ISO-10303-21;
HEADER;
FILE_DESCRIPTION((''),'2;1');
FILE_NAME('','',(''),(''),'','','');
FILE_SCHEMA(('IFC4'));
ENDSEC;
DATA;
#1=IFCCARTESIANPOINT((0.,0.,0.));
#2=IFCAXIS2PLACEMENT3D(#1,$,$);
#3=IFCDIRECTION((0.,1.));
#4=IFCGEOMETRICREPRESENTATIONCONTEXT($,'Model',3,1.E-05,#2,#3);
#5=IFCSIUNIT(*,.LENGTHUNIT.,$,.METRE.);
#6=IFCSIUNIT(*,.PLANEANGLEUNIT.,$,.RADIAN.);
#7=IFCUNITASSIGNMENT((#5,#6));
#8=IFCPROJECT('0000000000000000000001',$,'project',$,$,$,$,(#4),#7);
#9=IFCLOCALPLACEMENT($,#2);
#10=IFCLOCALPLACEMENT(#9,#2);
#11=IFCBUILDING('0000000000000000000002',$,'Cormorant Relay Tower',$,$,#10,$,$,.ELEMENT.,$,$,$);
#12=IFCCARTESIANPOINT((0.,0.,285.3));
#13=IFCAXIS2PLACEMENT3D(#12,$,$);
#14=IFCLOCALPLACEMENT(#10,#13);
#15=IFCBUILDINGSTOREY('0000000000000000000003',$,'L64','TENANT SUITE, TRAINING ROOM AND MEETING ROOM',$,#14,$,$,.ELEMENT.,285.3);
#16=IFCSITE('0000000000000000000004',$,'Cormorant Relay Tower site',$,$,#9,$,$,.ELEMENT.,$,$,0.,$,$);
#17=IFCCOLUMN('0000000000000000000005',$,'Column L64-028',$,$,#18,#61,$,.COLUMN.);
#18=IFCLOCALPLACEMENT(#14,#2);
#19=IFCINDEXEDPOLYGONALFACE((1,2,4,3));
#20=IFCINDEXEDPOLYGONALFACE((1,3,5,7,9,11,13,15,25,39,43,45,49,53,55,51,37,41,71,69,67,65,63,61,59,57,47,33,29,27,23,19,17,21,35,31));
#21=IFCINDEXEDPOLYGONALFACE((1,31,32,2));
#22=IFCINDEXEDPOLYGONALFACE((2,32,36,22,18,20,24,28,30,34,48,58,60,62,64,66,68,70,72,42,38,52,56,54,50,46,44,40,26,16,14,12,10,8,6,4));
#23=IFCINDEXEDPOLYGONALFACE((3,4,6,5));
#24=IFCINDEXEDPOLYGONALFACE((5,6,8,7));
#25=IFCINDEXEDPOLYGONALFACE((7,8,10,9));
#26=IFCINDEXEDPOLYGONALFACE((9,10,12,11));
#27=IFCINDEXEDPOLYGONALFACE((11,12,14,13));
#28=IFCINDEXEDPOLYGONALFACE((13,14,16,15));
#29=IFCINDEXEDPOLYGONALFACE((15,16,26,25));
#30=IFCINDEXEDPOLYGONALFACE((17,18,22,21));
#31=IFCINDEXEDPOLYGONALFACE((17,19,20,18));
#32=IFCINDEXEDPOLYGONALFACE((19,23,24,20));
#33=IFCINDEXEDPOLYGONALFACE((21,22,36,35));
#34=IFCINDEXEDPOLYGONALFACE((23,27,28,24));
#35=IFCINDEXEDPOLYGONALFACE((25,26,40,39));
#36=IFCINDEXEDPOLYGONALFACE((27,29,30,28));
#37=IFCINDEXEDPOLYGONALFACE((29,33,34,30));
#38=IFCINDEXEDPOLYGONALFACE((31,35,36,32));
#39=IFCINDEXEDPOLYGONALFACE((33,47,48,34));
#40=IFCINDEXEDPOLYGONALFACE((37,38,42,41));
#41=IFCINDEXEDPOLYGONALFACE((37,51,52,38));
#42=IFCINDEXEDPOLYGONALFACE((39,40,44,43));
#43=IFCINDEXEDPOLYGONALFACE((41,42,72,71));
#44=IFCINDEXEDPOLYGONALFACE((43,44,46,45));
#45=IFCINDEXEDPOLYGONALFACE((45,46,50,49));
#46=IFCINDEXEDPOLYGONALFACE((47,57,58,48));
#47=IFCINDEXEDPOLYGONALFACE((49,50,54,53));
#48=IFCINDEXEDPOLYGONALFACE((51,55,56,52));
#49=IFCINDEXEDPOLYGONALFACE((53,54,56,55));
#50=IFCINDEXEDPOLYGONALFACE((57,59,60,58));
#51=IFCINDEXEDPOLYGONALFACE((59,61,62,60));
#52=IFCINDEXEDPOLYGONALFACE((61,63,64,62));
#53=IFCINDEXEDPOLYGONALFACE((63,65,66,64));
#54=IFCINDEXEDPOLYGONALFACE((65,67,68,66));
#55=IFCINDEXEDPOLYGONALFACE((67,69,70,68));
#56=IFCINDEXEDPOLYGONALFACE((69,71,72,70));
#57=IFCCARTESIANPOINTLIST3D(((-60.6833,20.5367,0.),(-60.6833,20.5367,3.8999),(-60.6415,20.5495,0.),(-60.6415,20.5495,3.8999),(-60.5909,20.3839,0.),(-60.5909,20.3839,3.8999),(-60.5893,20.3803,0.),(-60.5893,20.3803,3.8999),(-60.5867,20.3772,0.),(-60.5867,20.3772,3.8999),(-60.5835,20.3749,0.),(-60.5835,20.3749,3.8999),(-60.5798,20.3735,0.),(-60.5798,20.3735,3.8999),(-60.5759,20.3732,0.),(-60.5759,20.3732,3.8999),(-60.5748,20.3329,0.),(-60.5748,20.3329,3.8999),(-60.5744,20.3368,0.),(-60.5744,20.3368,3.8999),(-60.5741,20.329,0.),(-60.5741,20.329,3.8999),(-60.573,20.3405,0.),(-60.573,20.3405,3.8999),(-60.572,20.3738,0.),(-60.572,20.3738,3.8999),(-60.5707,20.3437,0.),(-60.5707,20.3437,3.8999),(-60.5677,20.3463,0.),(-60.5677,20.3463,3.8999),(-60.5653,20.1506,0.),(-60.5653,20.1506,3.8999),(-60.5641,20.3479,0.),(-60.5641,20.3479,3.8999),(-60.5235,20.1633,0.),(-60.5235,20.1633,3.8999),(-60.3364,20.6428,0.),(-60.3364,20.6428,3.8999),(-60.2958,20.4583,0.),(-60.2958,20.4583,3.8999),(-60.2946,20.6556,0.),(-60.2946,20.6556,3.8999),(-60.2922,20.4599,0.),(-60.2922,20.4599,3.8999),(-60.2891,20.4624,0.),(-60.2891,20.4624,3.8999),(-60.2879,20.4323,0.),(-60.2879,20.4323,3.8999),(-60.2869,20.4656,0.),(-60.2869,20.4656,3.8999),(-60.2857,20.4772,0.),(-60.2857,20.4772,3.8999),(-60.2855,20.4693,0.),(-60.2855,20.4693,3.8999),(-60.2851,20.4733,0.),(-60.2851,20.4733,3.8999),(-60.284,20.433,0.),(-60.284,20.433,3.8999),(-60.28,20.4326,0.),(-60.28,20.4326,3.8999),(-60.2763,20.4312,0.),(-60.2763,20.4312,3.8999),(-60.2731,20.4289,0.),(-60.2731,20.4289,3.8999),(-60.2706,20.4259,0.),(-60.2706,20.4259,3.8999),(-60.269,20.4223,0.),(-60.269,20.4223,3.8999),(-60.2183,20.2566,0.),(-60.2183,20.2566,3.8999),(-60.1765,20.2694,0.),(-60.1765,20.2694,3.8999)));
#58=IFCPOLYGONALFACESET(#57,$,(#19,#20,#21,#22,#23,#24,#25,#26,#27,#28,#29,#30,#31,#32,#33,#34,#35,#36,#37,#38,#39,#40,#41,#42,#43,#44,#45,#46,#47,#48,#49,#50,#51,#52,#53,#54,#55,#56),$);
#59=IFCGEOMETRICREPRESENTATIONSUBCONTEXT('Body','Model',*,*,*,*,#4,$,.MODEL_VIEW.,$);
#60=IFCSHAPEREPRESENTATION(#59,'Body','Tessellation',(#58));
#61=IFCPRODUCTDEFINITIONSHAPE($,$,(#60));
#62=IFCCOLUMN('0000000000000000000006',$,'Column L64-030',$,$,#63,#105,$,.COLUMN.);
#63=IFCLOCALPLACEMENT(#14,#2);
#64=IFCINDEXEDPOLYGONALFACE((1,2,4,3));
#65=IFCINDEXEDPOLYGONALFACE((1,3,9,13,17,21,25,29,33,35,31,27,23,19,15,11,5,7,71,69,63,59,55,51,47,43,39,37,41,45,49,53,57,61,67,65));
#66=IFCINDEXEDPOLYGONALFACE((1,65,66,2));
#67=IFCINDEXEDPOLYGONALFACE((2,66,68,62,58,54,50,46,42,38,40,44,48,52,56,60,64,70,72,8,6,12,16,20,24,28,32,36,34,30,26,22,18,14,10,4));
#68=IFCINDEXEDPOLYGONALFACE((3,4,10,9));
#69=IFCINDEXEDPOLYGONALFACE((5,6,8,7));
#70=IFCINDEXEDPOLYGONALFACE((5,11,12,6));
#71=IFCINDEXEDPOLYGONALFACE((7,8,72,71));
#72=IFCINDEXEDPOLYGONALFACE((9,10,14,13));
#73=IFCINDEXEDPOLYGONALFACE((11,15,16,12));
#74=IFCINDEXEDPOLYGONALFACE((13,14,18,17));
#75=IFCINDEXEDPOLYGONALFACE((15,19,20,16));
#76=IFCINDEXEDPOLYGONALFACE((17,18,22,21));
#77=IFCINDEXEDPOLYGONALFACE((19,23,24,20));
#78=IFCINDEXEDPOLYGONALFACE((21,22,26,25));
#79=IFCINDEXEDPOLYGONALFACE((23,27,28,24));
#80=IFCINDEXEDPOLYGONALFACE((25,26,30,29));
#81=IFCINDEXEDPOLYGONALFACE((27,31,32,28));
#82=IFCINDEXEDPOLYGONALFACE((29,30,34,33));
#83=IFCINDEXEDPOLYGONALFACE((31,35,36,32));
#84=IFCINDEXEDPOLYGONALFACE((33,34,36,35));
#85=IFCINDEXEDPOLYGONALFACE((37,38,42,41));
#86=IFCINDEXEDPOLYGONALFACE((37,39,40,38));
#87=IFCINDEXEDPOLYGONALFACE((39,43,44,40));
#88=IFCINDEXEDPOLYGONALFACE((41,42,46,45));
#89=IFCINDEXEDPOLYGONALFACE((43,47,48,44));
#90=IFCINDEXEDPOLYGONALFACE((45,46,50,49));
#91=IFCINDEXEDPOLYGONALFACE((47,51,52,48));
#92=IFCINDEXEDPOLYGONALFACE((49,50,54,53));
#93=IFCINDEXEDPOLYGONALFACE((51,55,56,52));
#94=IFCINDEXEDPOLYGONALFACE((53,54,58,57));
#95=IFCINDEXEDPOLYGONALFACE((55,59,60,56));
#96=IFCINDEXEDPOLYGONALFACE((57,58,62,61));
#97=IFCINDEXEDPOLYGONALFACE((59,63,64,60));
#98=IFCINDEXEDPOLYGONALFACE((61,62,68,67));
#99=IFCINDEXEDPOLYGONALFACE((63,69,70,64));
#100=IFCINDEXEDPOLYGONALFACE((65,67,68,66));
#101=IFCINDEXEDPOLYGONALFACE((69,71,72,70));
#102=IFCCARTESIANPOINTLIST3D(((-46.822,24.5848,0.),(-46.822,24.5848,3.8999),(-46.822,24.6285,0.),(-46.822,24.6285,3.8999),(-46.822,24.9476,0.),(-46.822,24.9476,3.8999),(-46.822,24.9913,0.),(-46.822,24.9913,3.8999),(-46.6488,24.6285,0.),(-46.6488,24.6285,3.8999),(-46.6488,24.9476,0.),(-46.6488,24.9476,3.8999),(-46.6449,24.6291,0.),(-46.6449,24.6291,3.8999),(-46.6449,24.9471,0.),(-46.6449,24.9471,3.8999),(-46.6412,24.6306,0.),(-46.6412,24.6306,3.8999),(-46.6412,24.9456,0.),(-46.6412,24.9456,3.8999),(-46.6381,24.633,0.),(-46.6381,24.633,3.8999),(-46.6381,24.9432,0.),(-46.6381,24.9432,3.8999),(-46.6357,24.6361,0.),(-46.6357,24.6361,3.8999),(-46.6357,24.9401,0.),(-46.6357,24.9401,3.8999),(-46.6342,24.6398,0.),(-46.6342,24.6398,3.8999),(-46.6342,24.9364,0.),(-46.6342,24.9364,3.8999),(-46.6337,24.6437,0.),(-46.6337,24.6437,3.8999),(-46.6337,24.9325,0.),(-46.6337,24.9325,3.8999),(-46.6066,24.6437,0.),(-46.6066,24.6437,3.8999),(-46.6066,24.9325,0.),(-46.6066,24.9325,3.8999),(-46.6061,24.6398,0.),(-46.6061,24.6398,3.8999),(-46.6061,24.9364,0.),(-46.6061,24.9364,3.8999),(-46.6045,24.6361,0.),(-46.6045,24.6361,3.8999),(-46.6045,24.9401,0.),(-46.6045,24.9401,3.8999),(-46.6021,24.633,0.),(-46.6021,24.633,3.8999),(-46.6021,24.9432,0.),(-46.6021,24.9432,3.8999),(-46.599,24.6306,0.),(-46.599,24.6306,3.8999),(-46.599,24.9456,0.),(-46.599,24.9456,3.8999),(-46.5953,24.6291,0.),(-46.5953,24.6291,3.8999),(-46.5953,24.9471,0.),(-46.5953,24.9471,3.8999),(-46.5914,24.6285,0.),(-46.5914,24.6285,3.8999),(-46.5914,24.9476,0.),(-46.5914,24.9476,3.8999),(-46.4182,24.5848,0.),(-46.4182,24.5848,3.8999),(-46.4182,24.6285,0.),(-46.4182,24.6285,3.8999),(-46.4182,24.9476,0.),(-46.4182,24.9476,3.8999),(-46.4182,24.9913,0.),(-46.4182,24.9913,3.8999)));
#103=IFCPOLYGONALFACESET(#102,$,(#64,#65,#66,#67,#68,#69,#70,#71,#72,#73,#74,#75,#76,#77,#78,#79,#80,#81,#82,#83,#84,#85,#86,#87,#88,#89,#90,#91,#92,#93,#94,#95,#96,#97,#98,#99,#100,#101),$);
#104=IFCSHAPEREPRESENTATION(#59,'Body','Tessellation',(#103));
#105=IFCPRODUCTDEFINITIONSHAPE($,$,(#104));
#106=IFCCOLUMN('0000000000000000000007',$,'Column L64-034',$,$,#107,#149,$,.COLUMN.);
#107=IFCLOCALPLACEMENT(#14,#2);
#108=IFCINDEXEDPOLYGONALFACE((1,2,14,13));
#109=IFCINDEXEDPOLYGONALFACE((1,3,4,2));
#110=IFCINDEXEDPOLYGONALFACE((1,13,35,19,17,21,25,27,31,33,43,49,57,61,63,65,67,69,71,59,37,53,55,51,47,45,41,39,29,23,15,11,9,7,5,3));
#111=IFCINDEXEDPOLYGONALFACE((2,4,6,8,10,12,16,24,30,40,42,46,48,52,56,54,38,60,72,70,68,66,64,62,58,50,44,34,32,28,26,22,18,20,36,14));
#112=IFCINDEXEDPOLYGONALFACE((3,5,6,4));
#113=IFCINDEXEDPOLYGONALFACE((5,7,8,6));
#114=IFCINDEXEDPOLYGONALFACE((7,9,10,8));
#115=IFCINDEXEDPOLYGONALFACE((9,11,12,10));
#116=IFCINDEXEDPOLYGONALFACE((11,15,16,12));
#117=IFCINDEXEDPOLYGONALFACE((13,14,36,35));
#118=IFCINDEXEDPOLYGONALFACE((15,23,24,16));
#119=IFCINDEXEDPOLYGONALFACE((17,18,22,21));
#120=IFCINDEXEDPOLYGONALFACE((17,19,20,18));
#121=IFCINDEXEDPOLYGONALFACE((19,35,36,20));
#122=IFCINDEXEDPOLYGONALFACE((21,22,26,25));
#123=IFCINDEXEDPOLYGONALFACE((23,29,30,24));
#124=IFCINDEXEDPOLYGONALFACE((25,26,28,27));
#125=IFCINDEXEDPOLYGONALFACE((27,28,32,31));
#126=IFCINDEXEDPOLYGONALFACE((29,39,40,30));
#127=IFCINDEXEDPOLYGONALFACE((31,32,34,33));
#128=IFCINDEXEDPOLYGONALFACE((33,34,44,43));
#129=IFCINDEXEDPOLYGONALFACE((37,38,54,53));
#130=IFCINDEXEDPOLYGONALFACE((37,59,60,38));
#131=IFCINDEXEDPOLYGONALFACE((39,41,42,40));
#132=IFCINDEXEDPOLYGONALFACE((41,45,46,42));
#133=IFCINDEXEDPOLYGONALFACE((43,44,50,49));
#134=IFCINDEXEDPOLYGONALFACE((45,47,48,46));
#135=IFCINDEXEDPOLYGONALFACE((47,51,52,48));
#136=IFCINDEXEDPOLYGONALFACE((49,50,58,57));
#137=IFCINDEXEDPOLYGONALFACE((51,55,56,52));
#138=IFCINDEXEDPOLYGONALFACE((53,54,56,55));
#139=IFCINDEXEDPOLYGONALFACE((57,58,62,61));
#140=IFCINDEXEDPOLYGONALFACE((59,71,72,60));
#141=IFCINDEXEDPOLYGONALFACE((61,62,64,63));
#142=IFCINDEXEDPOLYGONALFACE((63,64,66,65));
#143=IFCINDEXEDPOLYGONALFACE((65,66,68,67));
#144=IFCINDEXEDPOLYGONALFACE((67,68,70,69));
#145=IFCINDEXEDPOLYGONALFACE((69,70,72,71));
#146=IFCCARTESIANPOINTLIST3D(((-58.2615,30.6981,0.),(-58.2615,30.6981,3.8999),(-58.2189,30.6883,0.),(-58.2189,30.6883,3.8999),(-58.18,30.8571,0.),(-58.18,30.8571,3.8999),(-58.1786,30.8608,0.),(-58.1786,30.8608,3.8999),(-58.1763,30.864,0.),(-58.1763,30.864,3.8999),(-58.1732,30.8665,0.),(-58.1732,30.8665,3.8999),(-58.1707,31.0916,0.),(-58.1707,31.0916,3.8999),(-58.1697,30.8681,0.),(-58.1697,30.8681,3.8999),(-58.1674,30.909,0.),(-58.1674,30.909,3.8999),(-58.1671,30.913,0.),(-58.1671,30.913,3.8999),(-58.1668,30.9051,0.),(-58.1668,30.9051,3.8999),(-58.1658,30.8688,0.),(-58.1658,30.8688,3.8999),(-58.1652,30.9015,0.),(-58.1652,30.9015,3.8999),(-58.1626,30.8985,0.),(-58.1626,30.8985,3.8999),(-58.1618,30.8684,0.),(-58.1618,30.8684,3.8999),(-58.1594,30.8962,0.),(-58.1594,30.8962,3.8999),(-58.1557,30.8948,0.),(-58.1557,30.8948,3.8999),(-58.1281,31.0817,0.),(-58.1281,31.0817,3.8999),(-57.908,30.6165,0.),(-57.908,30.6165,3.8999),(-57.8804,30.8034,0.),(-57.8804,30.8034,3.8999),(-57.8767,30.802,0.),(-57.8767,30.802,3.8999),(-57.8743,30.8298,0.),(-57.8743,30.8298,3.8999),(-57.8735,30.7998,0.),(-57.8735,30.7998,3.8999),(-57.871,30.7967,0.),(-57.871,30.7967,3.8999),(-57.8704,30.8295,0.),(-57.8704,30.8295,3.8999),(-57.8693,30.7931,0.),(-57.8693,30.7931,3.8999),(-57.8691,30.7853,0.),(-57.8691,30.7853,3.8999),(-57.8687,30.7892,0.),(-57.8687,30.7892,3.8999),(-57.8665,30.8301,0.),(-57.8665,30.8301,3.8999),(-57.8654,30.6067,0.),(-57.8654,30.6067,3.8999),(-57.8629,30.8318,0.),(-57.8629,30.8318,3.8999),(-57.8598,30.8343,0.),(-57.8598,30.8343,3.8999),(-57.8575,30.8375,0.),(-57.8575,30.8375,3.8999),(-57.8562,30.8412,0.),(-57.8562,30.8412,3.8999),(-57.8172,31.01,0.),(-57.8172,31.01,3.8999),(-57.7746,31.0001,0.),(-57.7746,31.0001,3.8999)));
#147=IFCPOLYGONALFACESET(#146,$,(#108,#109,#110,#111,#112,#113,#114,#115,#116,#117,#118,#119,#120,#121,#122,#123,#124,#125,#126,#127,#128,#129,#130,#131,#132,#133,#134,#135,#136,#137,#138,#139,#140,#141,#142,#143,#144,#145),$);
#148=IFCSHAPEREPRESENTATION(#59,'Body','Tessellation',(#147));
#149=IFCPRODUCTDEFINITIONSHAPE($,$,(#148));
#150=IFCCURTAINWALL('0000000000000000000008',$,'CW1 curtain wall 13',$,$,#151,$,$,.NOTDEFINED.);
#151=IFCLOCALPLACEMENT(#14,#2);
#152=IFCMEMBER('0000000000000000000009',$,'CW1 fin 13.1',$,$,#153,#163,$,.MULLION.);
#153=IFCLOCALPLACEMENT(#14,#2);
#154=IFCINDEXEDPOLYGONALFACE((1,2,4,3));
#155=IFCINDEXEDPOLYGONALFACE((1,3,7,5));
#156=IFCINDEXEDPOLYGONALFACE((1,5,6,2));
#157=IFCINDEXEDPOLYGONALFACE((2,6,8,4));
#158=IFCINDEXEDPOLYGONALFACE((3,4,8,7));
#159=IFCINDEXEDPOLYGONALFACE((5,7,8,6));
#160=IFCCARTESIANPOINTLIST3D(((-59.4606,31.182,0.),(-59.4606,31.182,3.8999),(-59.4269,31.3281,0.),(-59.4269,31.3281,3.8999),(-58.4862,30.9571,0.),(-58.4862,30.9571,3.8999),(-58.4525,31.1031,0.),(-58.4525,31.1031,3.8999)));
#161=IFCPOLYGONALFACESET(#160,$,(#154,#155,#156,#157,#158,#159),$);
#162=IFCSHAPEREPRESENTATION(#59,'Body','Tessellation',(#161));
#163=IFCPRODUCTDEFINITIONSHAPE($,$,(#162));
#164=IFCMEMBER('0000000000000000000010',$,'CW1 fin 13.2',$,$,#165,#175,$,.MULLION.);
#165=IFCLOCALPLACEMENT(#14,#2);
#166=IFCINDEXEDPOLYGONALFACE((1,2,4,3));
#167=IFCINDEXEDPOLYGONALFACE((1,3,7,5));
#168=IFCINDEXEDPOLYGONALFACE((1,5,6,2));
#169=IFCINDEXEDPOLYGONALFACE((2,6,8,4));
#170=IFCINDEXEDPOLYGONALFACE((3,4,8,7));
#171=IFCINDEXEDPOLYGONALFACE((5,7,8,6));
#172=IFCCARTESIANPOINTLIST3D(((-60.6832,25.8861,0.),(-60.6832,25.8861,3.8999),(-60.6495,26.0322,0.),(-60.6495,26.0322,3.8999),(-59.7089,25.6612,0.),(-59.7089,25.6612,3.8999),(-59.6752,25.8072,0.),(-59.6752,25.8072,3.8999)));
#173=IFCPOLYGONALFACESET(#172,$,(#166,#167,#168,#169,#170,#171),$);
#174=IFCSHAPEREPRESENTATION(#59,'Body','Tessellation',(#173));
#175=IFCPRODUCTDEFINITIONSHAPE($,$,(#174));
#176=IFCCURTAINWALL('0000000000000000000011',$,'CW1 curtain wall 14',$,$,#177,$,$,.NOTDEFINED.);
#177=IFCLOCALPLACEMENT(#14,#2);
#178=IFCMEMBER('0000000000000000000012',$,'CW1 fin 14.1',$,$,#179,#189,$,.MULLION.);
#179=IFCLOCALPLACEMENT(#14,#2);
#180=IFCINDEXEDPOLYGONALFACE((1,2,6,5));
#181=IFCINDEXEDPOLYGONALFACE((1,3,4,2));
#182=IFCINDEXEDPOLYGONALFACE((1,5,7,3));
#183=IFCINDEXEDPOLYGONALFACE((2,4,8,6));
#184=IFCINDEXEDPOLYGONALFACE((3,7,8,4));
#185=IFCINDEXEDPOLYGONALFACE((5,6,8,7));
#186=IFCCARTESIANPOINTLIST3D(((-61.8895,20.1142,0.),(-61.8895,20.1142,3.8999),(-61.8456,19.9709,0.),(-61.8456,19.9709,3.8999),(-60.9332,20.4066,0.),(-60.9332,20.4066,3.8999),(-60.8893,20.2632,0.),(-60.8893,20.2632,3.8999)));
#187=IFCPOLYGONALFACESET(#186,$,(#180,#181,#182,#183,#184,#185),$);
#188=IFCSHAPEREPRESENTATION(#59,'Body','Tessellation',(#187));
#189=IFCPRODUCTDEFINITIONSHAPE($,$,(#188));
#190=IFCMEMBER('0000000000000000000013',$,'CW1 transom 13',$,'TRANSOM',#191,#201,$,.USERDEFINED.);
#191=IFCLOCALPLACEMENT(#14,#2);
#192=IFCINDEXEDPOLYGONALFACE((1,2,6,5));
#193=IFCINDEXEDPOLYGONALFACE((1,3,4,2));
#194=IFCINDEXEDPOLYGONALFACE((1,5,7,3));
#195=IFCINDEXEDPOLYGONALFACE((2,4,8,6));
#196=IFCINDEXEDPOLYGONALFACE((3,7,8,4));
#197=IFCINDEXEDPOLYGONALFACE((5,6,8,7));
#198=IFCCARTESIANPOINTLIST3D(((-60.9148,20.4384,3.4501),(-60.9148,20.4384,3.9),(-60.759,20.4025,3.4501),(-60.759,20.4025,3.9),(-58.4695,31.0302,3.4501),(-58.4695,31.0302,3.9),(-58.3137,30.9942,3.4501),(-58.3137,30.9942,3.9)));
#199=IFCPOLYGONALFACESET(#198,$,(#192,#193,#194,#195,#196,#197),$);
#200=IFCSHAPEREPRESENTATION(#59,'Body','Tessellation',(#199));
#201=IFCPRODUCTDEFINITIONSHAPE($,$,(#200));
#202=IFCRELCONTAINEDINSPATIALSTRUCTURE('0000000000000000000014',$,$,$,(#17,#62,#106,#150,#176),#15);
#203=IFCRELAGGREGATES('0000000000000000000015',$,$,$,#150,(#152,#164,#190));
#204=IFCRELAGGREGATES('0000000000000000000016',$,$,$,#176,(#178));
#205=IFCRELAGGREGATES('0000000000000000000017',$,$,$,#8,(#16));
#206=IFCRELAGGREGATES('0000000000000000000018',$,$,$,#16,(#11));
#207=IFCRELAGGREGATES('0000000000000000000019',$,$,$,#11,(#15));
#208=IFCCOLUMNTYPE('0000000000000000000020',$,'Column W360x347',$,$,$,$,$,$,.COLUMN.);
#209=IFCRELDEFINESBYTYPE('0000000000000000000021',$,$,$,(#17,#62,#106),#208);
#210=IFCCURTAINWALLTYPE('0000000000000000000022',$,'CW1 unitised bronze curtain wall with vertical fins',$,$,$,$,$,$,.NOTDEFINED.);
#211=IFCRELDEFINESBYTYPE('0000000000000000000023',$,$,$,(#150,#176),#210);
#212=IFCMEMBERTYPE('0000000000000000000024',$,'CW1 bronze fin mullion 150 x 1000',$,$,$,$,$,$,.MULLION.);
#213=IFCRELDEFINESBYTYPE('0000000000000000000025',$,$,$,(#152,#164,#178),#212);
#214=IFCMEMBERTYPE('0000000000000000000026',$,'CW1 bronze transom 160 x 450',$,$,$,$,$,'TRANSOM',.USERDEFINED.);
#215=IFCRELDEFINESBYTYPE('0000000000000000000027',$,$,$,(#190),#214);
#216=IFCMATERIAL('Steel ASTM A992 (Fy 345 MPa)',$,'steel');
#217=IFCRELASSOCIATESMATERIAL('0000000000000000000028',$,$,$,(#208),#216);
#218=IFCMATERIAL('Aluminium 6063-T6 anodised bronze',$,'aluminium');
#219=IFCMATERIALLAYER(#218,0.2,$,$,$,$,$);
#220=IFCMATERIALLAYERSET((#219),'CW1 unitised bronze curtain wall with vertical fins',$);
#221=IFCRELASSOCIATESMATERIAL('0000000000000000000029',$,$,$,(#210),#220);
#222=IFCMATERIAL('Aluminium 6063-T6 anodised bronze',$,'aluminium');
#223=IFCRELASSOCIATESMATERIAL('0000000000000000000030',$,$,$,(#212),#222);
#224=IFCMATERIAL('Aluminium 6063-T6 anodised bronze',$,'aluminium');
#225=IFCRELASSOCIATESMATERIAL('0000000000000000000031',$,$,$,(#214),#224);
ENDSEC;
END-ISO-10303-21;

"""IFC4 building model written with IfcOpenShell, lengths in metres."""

from ifc_helpers import new_model, si_unit, direction, frame, origin, origin_2d, place, context, subcontext, project, spatial, rectangle, i_section, extrude, material, layer, layer_set, material_profile, profile_set, type_object, element, aggregate, save


model = new_model("IFC4")

# Units and contexts
model_context = context("Model", 3, precision=1e-05, world=origin(), true_north=direction((0.0, 1.0)))
body_context = subcontext(model_context, "Body", "Model", "MODEL_VIEW")
ifc_project = project(units=[si_unit("LENGTHUNIT", "METRE"), si_unit("PLANEANGLEUNIT", "RADIAN")], contexts=[model_context])

# Site, building, storey
site_placement = place(None, origin())
site = spatial("IfcSite", under=ifc_project, at=site_placement, Name="Cormorant Relay Tower site", CompositionType="ELEMENT", RefElevation=0.0)
building_placement = place(site_placement, origin())
building = spatial("IfcBuilding", under=site, at=building_placement, Name="Cormorant Relay Tower", CompositionType="ELEMENT")
storey_placement = place(building_placement, frame((0.0, 0.0, 285.3)))
storey = spatial("IfcBuildingStorey", under=building, at=storey_placement, Name="L64", Description="TENANT SUITE, TRAINING ROOM AND MEETING ROOM", CompositionType="ELEMENT", Elevation=285.3)

# Columns
ifc_material_1 = material(Name="Steel ASTM A992 (Fy 345 MPa)", Category="steel")
ifc_material_profile_1 = material_profile(ifc_material_1, i_section(OverallWidth=0.4038, OverallDepth=0.4065, WebThickness=0.0271, FlangeThickness=0.0437, FilletRadius=0.0151, at=origin_2d()), Name="W360x347")
ifc_profile_set_1 = profile_set([ifc_material_profile_1], Name="Steel ASTM A992 (Fy 345 MPa)")
column_type = type_object("IfcColumnType", Name="Column W360x347", PredefinedType="COLUMN", material=ifc_profile_set_1)
for number, where, z_axis, x_axis, name in (
    (1, (-60.4299, 20.4031, 0.0), (0.0, 0.0, 1.0), (0.292372, -0.956305, 0.0), "Column L64-028"),
    (2, (-46.6201, 24.7881, 0.0), (0.0, 0.0, 1.0), (1.0, 0.0, 0.0), "Column L64-030"),
    (3, (-58.0181, 30.8491, 0.0), (0.0, 0.0, 1.0), (-0.224951, -0.97437, 0.0), "Column L64-034"),
):
    element("IfcColumn", number, at=place(storey_placement, frame(where, z_axis=z_axis, x_axis=x_axis)), inside=storey, type_object=column_type, Name=name, PredefinedType="COLUMN", context=body_context, shape_type="SweptSolid", body=[
        extrude(i_section(OverallWidth=0.4038, OverallDepth=0.4065, WebThickness=0.0271, FlangeThickness=0.0437, FilletRadius=0.0151, at=origin_2d()), origin(), (0.0, 0.0, 1.0), 3.8999),
    ])

# Curtain wall, members
ifc_material_2 = material(Name="Aluminium 6063-T6 anodised bronze", Category="aluminium")
ifc_layer_1 = layer(ifc_material_2, 0.2)
ifc_layer_set_1 = layer_set([ifc_layer_1], Name="CW1 unitised bronze curtain wall with vertical fins")
curtain_wall_type = type_object("IfcCurtainWallType", Name="CW1 unitised bronze curtain wall with vertical fins", PredefinedType="NOTDEFINED", material=ifc_layer_set_1)
curtain_wall_1_placement = place(storey_placement, origin())
curtain_wall_1 = element("IfcCurtainWall", 4, at=curtain_wall_1_placement, inside=storey, type_object=curtain_wall_type, Name="CW1 curtain wall 13", PredefinedType="NOTDEFINED")
ifc_material_3 = material(Name="Aluminium 6063-T6 anodised bronze", Category="aluminium")
ifc_material_profile_2 = material_profile(ifc_material_3, rectangle(XDim=0.1499, YDim=1.0, at=origin_2d()), Name="AL 150x1000")
ifc_profile_set_2 = profile_set([ifc_material_profile_2], Name="Aluminium 6063-T6 anodised bronze")
member_type_1 = type_object("IfcMemberType", Name="CW1 bronze fin mullion 150 x 1000", PredefinedType="MULLION", material=ifc_profile_set_2)
member_1_placement = place(storey_placement, frame((-58.9565, 31.1426, 0.0), z_axis=(0.0, 0.0, 1.0), x_axis=(-0.224951, -0.97437, 0.0)))
member_1 = element("IfcMember", 5, at=member_1_placement, type_object=member_type_1, Name="CW1 fin 13.1", PredefinedType="MULLION", context=body_context, shape_type="SweptSolid", body=[
    extrude(rectangle(XDim=0.1499, YDim=1.0, at=origin_2d()), origin(), (0.0, 0.0, 1.0), 3.8999),
])
member_2_placement = place(storey_placement, frame((-60.1792, 25.8467, 0.0), z_axis=(0.0, 0.0, 1.0), x_axis=(-0.224951, -0.97437, 0.0)))
member_2 = element("IfcMember", 6, at=member_2_placement, type_object=member_type_1, Name="CW1 fin 13.2", PredefinedType="MULLION", context=body_context, shape_type="SweptSolid", body=[
    extrude(rectangle(XDim=0.1499, YDim=1.0, at=origin_2d()), origin(), (0.0, 0.0, 1.0), 3.8999),
])

# Curtain wall, member
curtain_wall_2_placement = place(storey_placement, origin())
curtain_wall_2 = element("IfcCurtainWall", 7, at=curtain_wall_2_placement, inside=storey, type_object=curtain_wall_type, Name="CW1 curtain wall 14", PredefinedType="NOTDEFINED")
member_3_placement = place(storey_placement, frame((-61.3894, 20.1887, 0.0), z_axis=(0.0, 0.0, 1.0), x_axis=(0.292372, -0.956305, 0.0)))
member_3 = element("IfcMember", 8, at=member_3_placement, type_object=member_type_1, Name="CW1 fin 14.1", PredefinedType="MULLION", context=body_context, shape_type="SweptSolid", body=[
    extrude(rectangle(XDim=0.1499, YDim=1.0, at=origin_2d()), origin(), (0.0, 0.0, 1.0), 3.8999),
])

# Member
ifc_material_4 = material(Name="Aluminium 6063-T6 anodised bronze", Category="aluminium")
ifc_material_profile_3 = material_profile(ifc_material_4, rectangle(XDim=0.1599, YDim=0.45, at=origin_2d()), Name="AL 160x450")
ifc_profile_set_3 = profile_set([ifc_material_profile_3], Name="Aluminium 6063-T6 anodised bronze")
member_type_2 = type_object("IfcMemberType", Name="CW1 bronze transom 160 x 450", ElementType="TRANSOM", PredefinedType="USERDEFINED", material=ifc_profile_set_3)
member_4_placement = place(storey_placement, frame((-58.3916, 31.0122, 3.675), z_axis=(-0.224951, -0.97437, 0.0), x_axis=(0.97437, -0.224951, 0.0)))
member_4 = element("IfcMember", 9, at=member_4_placement, type_object=member_type_2, Name="CW1 transom 13", ObjectType="TRANSOM", PredefinedType="USERDEFINED", context=body_context, shape_type="SweptSolid", body=[
    extrude(rectangle(XDim=0.1599, YDim=0.45, at=origin_2d()), origin(), (0.0, 0.0, 1.0), 10.8704),
])

aggregate(curtain_wall_1, [member_1, member_2, member_4])
aggregate(curtain_wall_2, [member_3])

save(model, "model.ifc")
